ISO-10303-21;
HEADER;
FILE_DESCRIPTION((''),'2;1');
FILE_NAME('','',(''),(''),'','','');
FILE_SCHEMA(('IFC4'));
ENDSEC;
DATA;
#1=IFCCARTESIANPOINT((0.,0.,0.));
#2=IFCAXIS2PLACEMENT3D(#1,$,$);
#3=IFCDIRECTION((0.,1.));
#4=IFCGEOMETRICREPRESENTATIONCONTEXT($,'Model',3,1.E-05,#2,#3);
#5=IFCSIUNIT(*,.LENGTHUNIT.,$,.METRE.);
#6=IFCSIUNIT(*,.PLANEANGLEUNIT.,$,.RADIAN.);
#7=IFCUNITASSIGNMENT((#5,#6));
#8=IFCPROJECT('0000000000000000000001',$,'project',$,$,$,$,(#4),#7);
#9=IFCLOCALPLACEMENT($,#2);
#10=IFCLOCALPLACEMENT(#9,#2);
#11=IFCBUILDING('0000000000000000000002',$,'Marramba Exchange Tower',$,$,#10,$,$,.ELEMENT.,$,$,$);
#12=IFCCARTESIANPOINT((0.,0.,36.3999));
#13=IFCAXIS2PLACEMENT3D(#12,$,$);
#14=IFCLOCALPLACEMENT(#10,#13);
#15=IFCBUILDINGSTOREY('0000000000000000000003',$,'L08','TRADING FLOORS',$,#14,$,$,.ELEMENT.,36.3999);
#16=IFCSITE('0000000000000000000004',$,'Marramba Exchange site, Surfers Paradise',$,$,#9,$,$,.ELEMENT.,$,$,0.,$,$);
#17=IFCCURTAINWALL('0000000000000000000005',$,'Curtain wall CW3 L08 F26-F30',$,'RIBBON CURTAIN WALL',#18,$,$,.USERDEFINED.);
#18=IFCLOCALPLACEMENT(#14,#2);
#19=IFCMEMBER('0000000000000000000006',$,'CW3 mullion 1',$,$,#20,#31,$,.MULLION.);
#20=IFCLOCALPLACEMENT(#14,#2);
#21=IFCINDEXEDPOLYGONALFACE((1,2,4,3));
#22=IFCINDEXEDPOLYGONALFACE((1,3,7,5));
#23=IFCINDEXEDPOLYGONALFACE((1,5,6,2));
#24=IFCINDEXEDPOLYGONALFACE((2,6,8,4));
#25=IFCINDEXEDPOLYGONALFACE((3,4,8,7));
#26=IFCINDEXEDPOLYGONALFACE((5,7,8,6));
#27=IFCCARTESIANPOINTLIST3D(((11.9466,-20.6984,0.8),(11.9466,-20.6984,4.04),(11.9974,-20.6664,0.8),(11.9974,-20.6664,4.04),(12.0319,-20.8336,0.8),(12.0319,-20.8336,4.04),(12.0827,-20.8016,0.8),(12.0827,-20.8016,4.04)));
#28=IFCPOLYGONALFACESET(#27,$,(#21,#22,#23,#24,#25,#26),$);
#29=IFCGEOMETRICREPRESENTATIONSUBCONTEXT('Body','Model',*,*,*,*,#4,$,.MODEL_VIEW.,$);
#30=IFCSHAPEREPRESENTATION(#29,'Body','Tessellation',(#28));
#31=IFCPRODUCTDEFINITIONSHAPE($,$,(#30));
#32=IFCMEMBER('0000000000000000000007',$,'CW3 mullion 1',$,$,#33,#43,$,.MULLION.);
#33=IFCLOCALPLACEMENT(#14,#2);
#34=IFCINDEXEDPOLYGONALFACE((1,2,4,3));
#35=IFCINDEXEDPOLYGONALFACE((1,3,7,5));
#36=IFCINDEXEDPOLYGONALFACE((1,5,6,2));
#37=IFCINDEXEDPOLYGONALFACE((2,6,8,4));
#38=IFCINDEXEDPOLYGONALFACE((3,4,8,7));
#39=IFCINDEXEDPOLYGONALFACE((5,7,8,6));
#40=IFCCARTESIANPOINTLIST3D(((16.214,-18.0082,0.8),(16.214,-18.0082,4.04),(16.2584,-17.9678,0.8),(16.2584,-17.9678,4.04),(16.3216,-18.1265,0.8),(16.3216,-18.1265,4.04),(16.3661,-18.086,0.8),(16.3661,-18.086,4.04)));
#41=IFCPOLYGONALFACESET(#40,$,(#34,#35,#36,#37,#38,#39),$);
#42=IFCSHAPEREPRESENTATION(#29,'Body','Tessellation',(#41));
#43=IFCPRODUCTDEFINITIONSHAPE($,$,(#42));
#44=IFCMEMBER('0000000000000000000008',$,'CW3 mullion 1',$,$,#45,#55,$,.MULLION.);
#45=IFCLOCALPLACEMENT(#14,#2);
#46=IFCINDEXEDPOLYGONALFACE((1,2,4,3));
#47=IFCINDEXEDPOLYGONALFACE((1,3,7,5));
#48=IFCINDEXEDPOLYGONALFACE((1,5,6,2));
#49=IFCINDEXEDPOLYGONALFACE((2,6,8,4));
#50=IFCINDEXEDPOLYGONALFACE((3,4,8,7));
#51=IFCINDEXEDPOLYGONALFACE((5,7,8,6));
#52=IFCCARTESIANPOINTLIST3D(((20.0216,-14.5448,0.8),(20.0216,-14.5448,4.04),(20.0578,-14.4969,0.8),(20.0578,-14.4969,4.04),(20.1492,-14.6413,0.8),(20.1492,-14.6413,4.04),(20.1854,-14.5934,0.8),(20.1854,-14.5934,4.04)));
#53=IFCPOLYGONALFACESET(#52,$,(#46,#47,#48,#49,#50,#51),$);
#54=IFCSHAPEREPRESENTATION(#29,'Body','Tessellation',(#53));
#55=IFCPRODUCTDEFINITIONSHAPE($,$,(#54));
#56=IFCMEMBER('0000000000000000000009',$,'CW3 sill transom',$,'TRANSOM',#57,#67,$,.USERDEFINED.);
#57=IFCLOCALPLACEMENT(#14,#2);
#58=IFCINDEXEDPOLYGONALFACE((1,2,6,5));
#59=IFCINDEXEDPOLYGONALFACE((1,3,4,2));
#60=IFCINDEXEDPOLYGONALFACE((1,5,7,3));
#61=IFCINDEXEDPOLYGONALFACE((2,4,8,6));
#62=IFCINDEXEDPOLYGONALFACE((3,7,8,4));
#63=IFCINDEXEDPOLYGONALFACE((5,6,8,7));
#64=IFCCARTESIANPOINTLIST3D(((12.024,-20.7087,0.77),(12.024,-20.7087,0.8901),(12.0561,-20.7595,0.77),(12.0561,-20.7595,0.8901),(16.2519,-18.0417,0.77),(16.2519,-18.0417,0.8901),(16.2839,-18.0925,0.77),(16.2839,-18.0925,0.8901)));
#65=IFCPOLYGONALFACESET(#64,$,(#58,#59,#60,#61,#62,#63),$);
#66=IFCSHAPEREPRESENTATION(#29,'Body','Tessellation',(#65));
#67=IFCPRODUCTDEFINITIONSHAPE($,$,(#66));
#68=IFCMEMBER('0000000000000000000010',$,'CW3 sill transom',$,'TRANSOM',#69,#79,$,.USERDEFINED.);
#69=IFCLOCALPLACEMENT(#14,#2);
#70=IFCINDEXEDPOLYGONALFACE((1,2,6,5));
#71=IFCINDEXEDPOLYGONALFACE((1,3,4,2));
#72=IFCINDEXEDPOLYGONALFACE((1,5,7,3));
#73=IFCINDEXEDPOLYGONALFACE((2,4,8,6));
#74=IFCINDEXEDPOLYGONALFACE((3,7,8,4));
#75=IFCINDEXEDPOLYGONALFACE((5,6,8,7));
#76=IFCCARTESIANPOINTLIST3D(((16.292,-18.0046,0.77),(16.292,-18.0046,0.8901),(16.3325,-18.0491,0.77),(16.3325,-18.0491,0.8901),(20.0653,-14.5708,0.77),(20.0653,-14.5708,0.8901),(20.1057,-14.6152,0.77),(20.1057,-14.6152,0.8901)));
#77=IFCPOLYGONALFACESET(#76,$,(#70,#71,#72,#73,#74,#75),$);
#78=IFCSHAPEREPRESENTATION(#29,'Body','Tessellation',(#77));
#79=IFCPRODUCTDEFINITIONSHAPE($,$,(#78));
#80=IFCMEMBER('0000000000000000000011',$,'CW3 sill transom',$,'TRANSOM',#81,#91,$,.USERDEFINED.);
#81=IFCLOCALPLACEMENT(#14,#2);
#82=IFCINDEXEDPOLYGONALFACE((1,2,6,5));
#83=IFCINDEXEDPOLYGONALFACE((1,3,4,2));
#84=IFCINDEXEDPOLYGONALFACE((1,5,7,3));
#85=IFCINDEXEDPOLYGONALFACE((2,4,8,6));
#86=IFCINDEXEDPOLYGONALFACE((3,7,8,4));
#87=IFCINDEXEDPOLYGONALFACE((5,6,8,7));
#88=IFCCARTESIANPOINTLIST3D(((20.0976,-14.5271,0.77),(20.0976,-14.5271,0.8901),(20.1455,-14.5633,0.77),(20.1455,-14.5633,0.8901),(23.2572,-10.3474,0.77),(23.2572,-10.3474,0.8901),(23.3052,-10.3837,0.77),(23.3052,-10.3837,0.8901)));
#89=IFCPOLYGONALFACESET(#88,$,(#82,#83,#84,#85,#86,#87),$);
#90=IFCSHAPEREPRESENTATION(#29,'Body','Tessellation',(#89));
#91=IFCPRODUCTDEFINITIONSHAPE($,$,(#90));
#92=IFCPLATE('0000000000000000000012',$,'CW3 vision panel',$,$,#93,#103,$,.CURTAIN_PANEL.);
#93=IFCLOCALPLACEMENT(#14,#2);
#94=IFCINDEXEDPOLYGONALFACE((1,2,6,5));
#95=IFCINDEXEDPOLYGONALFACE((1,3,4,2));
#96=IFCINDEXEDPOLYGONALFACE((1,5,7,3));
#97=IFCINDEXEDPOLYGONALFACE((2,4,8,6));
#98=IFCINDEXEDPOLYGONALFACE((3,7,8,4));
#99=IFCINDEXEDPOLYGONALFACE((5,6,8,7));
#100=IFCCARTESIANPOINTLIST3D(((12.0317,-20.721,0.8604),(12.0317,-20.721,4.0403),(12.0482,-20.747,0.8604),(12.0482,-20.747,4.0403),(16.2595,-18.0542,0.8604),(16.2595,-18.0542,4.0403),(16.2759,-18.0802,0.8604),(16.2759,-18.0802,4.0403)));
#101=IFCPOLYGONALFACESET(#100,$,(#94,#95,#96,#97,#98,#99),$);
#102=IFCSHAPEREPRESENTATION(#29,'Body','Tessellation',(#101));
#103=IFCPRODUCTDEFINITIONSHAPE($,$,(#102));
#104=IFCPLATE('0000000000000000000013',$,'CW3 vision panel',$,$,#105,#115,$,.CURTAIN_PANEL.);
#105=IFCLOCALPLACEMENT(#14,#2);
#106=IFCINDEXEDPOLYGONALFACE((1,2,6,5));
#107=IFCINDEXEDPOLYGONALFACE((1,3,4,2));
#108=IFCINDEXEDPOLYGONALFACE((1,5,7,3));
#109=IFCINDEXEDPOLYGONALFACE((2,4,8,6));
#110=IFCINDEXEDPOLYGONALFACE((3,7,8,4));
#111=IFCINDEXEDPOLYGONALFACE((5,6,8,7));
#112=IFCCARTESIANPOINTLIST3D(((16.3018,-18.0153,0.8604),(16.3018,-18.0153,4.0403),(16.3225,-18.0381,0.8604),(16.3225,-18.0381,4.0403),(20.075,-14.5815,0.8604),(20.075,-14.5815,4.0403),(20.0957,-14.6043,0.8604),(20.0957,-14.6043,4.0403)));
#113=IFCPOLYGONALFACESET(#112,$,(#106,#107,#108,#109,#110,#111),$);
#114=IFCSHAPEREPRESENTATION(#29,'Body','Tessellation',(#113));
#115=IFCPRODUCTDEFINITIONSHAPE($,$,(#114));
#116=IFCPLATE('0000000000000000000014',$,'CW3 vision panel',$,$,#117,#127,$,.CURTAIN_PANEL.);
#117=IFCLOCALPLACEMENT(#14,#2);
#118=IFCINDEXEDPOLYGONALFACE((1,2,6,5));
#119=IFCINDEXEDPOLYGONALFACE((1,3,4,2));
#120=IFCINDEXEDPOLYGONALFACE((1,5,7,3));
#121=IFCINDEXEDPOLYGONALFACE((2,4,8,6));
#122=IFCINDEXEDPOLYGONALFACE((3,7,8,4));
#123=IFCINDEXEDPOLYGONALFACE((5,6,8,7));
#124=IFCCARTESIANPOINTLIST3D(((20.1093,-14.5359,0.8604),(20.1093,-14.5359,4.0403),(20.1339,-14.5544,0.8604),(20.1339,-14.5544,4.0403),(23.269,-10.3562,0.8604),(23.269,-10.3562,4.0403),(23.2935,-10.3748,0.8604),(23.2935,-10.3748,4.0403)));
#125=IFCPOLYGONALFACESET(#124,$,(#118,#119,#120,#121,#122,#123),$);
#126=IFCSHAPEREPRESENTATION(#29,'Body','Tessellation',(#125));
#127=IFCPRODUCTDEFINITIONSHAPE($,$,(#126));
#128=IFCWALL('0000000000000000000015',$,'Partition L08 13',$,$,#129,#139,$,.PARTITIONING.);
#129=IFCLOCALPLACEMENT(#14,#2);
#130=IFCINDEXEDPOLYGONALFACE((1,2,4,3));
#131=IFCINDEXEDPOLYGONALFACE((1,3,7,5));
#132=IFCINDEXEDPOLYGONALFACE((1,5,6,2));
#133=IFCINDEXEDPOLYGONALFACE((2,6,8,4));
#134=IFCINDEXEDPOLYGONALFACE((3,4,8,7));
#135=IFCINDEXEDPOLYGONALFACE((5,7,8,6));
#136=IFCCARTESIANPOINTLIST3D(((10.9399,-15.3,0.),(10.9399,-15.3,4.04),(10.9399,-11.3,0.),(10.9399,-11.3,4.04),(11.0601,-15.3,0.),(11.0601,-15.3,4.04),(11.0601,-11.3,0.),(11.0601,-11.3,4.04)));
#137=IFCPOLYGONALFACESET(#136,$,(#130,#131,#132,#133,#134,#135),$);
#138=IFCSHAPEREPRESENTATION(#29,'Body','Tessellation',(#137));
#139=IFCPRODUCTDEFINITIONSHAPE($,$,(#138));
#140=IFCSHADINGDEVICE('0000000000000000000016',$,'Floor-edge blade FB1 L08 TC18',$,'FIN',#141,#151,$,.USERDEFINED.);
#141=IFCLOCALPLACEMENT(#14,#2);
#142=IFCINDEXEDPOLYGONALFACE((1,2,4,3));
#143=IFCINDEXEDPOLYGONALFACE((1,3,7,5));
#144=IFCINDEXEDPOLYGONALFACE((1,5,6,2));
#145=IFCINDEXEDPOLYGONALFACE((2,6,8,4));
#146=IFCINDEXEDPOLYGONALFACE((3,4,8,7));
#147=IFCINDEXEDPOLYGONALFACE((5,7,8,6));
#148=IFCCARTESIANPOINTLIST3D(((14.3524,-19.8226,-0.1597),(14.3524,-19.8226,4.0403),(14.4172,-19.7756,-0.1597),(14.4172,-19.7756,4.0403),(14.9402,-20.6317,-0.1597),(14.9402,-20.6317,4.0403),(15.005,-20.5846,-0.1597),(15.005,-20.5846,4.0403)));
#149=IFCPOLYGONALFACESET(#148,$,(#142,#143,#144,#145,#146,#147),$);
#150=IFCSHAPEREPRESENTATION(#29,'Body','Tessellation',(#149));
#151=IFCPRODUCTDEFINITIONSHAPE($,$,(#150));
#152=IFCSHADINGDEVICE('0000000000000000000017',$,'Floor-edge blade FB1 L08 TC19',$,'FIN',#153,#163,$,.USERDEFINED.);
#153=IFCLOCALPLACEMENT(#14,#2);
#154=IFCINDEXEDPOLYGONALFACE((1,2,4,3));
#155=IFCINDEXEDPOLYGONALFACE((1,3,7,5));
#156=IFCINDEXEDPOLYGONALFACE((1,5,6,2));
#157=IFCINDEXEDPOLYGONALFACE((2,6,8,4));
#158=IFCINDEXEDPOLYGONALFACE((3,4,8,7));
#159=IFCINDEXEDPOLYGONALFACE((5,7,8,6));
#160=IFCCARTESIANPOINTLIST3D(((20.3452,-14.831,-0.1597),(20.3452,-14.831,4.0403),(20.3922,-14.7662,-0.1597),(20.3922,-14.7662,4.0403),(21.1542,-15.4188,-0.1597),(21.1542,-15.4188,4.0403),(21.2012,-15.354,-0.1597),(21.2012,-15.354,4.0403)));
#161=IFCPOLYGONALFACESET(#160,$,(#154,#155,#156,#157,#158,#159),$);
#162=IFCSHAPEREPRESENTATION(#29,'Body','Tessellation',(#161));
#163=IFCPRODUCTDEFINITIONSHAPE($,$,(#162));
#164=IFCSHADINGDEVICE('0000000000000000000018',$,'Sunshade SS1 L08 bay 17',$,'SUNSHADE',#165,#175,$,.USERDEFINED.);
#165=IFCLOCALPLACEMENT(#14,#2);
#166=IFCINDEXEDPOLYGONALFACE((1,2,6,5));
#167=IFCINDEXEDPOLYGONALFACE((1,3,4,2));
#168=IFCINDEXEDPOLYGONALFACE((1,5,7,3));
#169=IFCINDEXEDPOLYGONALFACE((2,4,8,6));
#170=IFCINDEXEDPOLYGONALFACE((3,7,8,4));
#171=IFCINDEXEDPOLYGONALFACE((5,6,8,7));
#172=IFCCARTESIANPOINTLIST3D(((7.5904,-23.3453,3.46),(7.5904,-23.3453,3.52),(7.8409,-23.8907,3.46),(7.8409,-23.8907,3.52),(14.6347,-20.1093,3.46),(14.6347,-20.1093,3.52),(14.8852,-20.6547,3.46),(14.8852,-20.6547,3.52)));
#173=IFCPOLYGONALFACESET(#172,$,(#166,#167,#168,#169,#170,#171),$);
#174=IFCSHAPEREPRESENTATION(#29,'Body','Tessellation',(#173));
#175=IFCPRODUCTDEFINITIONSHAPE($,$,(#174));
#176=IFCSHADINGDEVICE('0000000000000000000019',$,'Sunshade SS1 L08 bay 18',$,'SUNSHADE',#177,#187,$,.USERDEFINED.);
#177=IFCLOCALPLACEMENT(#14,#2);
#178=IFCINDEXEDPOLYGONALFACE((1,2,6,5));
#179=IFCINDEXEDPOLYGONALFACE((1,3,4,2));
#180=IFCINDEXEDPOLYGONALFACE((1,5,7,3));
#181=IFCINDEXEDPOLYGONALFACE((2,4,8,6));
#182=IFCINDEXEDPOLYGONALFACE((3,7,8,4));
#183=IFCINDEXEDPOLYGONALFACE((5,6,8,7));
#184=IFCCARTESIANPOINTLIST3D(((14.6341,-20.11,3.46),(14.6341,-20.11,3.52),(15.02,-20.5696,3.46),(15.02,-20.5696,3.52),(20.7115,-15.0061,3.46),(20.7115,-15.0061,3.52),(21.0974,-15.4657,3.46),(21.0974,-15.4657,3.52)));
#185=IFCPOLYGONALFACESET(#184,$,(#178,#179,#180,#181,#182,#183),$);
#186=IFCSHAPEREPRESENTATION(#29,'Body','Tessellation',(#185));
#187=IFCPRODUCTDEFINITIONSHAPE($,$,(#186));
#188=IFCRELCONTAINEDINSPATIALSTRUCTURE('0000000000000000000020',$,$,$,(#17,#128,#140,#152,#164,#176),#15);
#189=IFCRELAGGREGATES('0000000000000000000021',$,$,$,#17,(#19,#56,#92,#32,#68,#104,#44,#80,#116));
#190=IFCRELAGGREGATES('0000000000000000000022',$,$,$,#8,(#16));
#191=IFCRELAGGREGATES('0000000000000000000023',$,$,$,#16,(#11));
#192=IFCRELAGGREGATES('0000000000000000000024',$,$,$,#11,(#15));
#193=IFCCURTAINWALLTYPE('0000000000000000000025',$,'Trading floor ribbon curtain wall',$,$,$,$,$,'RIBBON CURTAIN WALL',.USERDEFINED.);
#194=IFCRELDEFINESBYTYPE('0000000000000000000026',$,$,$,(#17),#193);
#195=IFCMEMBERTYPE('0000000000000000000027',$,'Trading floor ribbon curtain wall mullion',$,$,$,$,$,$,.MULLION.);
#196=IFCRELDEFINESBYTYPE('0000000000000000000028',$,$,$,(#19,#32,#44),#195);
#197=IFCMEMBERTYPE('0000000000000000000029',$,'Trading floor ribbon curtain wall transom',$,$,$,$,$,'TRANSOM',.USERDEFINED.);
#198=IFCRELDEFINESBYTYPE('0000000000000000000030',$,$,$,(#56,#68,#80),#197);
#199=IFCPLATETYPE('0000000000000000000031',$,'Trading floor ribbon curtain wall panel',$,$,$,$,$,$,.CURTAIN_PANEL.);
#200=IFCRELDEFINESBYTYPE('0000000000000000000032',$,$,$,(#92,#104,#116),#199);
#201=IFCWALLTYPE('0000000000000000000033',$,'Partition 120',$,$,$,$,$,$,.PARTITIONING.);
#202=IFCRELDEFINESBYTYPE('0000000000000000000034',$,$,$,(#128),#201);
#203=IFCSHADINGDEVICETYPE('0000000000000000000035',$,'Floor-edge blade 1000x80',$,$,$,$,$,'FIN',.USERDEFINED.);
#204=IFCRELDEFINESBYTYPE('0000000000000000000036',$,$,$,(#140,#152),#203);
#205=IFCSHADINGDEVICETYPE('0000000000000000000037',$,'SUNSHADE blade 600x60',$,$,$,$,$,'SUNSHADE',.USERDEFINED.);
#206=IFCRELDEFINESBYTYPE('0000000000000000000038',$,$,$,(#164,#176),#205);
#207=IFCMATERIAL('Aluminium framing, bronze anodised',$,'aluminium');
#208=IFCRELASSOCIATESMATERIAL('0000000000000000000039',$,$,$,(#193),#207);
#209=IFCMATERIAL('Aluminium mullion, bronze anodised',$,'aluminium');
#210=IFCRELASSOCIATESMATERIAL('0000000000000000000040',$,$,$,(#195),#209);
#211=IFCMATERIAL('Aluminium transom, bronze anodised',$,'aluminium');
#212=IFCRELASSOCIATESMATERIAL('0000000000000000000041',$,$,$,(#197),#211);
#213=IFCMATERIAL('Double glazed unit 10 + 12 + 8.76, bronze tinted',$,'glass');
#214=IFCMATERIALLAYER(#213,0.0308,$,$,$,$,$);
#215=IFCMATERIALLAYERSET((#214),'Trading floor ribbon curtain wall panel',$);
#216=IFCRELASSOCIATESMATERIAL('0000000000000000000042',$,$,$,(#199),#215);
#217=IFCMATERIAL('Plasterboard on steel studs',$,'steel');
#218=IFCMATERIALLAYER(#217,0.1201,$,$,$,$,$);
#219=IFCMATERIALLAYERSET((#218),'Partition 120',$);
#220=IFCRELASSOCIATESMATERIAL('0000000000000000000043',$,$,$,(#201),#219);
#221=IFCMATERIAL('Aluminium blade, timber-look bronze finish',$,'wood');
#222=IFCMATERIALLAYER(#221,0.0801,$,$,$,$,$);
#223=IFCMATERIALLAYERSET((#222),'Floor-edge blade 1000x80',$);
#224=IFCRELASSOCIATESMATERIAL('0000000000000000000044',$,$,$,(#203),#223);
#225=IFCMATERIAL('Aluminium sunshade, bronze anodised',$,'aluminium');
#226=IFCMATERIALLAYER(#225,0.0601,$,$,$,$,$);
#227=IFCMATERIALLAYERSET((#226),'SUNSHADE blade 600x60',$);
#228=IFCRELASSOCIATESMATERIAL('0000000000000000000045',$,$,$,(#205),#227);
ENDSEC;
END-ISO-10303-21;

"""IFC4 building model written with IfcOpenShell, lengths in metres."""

from ifc_helpers import new_model, si_unit, direction, frame, frame_2d, origin, origin_2d, place, context, subcontext, project, spatial, rectangle, extrude, material, layer, layer_set, material_profile, profile_set, type_object, element, aggregate, save


model = new_model("IFC4")

# Units and contexts
model_context = context("Model", 3, precision=1e-05, world=origin(), true_north=direction((0.0, 1.0)))
body_context = subcontext(model_context, "Body", "Model", "MODEL_VIEW")
ifc_project = project(units=[si_unit("LENGTHUNIT", "METRE"), si_unit("PLANEANGLEUNIT", "RADIAN")], contexts=[model_context])

# Site, building, storey
site_placement = place(None, origin())
site = spatial("IfcSite", under=ifc_project, at=site_placement, Name="Marramba Exchange site, Surfers Paradise", CompositionType="ELEMENT", RefElevation=0.0)
building_placement = place(site_placement, origin())
building = spatial("IfcBuilding", under=site, at=building_placement, Name="Marramba Exchange Tower", CompositionType="ELEMENT")
storey_placement = place(building_placement, frame((0.0, 0.0, 36.3999)))
storey = spatial("IfcBuildingStorey", under=building, at=storey_placement, Name="L08", Description="TRADING FLOORS", CompositionType="ELEMENT", Elevation=36.3999)

# Curtain wall, members, plates
ifc_material_1 = material(Name="Aluminium framing, bronze anodised", Category="aluminium")
curtain_wall_type = type_object("IfcCurtainWallType", Name="Trading floor ribbon curtain wall", ElementType="RIBBON CURTAIN WALL", PredefinedType="USERDEFINED", material=ifc_material_1)
curtain_wall_placement = place(storey_placement, origin())
curtain_wall = element("IfcCurtainWall", 1, at=curtain_wall_placement, inside=storey, type_object=curtain_wall_type, Name="Curtain wall CW3 L08 F26-F30", ObjectType="RIBBON CURTAIN WALL", PredefinedType="USERDEFINED")
ifc_material_2 = material(Name="Aluminium mullion, bronze anodised", Category="aluminium")
ifc_material_profile_1 = material_profile(ifc_material_2, rectangle(XDim=0.1599, YDim=0.0601, at=origin_2d()), Name="CW3 mullion 60x160")
ifc_profile_set_1 = profile_set([ifc_material_profile_1], Name="Aluminium mullion, bronze anodised")
member_type_1 = type_object("IfcMemberType", Name="Trading floor ribbon curtain wall mullion", PredefinedType="MULLION", material=ifc_profile_set_1)
member_1_placement = place(storey_placement, frame((12.0146, -20.75, 0.8), z_axis=(0.0, 0.0, 1.0), x_axis=(-0.533515, 0.845791, 0.0)))
member_1 = element("IfcMember", 2, at=member_1_placement, type_object=member_type_1, Name="CW3 mullion 1", PredefinedType="MULLION", context=body_context, shape_type="SweptSolid", body=[
    extrude(rectangle(XDim=0.1599, YDim=0.0601, at=origin_2d()), origin(), (0.0, 0.0, 1.0), 3.24),
])
member_2_placement = place(storey_placement, frame((16.29, -18.0471, 0.8), z_axis=(0.0, 0.0, 1.0), x_axis=(-0.673058, 0.73959, 0.0)))
member_2 = element("IfcMember", 3, at=member_2_placement, type_object=member_type_1, Name="CW3 mullion 1", PredefinedType="MULLION", context=body_context, shape_type="SweptSolid", body=[
    extrude(rectangle(XDim=0.1599, YDim=0.0601, at=origin_2d()), origin(), (0.0, 0.0, 1.0), 3.24),
])
member_3_placement = place(storey_placement, frame((20.1035, -14.5691, 0.8), z_axis=(0.0, 0.0, 1.0), x_axis=(-0.797711, 0.60304, 0.0)))
member_3 = element("IfcMember", 4, at=member_3_placement, type_object=member_type_1, Name="CW3 mullion 1", PredefinedType="MULLION", context=body_context, shape_type="SweptSolid", body=[
    extrude(rectangle(XDim=0.1599, YDim=0.0601, at=origin_2d()), origin(), (0.0, 0.0, 1.0), 3.24),
])
ifc_material_3 = material(Name="Aluminium transom, bronze anodised", Category="aluminium")
ifc_material_profile_2 = material_profile(ifc_material_3, rectangle(XDim=0.0601, YDim=0.1201, at=origin_2d()), Name="CW3 transom 60x120")
ifc_profile_set_2 = profile_set([ifc_material_profile_2], Name="Aluminium transom, bronze anodised")
member_type_2 = type_object("IfcMemberType", Name="Trading floor ribbon curtain wall transom", ElementType="TRANSOM", PredefinedType="USERDEFINED", material=ifc_profile_set_2)
member_4_placement = place(storey_placement, frame((12.04, -20.7341, 0.8301), z_axis=(0.845777, 0.533537, 0.0), x_axis=(-0.533537, 0.845777, 0.0)))
member_4 = element("IfcMember", 5, at=member_4_placement, type_object=member_type_2, Name="CW3 sill transom", ObjectType="TRANSOM", PredefinedType="USERDEFINED", context=body_context, shape_type="SweptSolid", body=[
    extrude(rectangle(XDim=0.0601, YDim=0.1201, at=origin_2d()), origin(), (0.0, 0.0, 1.0), 4.9988),
])
member_5_placement = place(storey_placement, frame((16.3123, -18.0269, 0.8301), z_axis=(0.739583, 0.673066, 0.0), x_axis=(-0.673066, 0.739583, 0.0)))
member_5 = element("IfcMember", 6, at=member_5_placement, type_object=member_type_2, Name="CW3 sill transom", ObjectType="TRANSOM", PredefinedType="USERDEFINED", context=body_context, shape_type="SweptSolid", body=[
    extrude(rectangle(XDim=0.0601, YDim=0.1201, at=origin_2d()), origin(), (0.0, 0.0, 1.0), 5.1018),
])
member_6_placement = place(storey_placement, frame((20.1216, -14.5452, 0.8301), z_axis=(0.603037, 0.797713, 0.0), x_axis=(-0.797713, 0.603037, 0.0)))
member_6 = element("IfcMember", 7, at=member_6_placement, type_object=member_type_2, Name="CW3 sill transom", ObjectType="TRANSOM", PredefinedType="USERDEFINED", context=body_context, shape_type="SweptSolid", body=[
    extrude(rectangle(XDim=0.0601, YDim=0.1201, at=origin_2d()), origin(), (0.0, 0.0, 1.0), 5.2395),
])
ifc_material_4 = material(Name="Double glazed unit 10 + 12 + 8.76, bronze tinted", Category="glass")
ifc_layer_1 = layer(ifc_material_4, 0.0308)
ifc_layer_set_1 = layer_set([ifc_layer_1], Name="Trading floor ribbon curtain wall panel")
plate_type = type_object("IfcPlateType", Name="Trading floor ribbon curtain wall panel", PredefinedType="CURTAIN_PANEL", material=ifc_layer_set_1)
plate_1_placement = place(storey_placement, frame((14.1538, -19.4006, 0.8604), z_axis=(0.0, 0.0, 1.0), x_axis=(0.845791, 0.533515, 0.0)))
plate_1 = element("IfcPlate", 8, at=plate_1_placement, type_object=plate_type, Name="CW3 vision panel", PredefinedType="CURTAIN_PANEL", context=body_context, shape_type="SweptSolid", body=[
    extrude(rectangle(XDim=4.9985, YDim=0.0308, at=origin_2d()), origin(), (0.0, 0.0, 1.0), 3.1799),
])
plate_2_placement = place(storey_placement, frame((18.1987, -16.3098, 0.8604), z_axis=(0.0, 0.0, 1.0), x_axis=(0.73959, 0.673058, 0.0)))
plate_2 = element("IfcPlate", 9, at=plate_2_placement, type_object=plate_type, Name="CW3 vision panel", PredefinedType="CURTAIN_PANEL", context=body_context, shape_type="SweptSolid", body=[
    extrude(rectangle(XDim=5.1018, YDim=0.0308, at=origin_2d()), origin(), (0.0, 0.0, 1.0), 3.1799),
])
plate_3_placement = place(storey_placement, frame((21.7014, -12.4553, 0.8604), z_axis=(0.0, 0.0, 1.0), x_axis=(0.60304, 0.797711, 0.0)))
plate_3 = element("IfcPlate", 10, at=plate_3_placement, type_object=plate_type, Name="CW3 vision panel", PredefinedType="CURTAIN_PANEL", context=body_context, shape_type="SweptSolid", body=[
    extrude(rectangle(XDim=5.2395, YDim=0.0308, at=origin_2d()), origin(), (0.0, 0.0, 1.0), 3.1799),
])
aggregate(curtain_wall, [member_1, member_4, plate_1, member_2, member_5, plate_2, member_3, member_6, plate_3])

# Wall
ifc_material_5 = material(Name="Plasterboard on steel studs", Category="steel")
ifc_layer_2 = layer(ifc_material_5, 0.1201)
ifc_layer_set_2 = layer_set([ifc_layer_2], Name="Partition 120")
wall_type = type_object("IfcWallType", Name="Partition 120", PredefinedType="PARTITIONING", material=ifc_layer_set_2)
wall_placement = place(storey_placement, frame((11.0, -15.3, 0.0), z_axis=(0.0, 0.0, 1.0), x_axis=(0.0, 1.0, 0.0)))
element("IfcWall", 11, at=wall_placement, inside=storey, type_object=wall_type, Name="Partition L08 13", PredefinedType="PARTITIONING", context=body_context, shape_type="SweptSolid", body=[
    extrude(rectangle(XDim=4.0, YDim=0.1201, at=frame_2d((2.0, 0.0))), origin(), (0.0, 0.0, 1.0), 4.04),
])

# Shading devices
ifc_material_6 = material(Name="Aluminium blade, timber-look bronze finish", Category="wood")
ifc_layer_3 = layer(ifc_material_6, 0.0801)
ifc_layer_set_3 = layer_set([ifc_layer_3], Name="Floor-edge blade 1000x80")
shading_device_type_1 = type_object("IfcShadingDeviceType", Name="Floor-edge blade 1000x80", ElementType="FIN", PredefinedType="USERDEFINED", material=ifc_layer_set_3)
for number, where, z_axis, x_axis, name in (
    (12, (14.6787, -20.2036, -0.1597), (0.0, 0.0, 1.0), (0.587785, -0.809017, 0.0), "Floor-edge blade FB1 L08 TC18"),
    (13, (20.7732, -15.0925, -0.1597), (0.0, 0.0, 1.0), (0.809017, -0.587785, 0.0), "Floor-edge blade FB1 L08 TC19"),
):
    element("IfcShadingDevice", number, at=place(storey_placement, frame(where, z_axis=z_axis, x_axis=x_axis)), inside=storey, type_object=shading_device_type_1, Name=name, ObjectType="FIN", PredefinedType="USERDEFINED", context=body_context, shape_type="SweptSolid", body=[
        extrude(rectangle(XDim=1.0, YDim=0.0801, at=origin_2d()), origin(), (0.0, 0.0, 1.0), 4.2),
    ])
ifc_material_7 = material(Name="Aluminium sunshade, bronze anodised", Category="aluminium")
ifc_layer_4 = layer(ifc_material_7, 0.0601)
ifc_layer_set_4 = layer_set([ifc_layer_4], Name="SUNSHADE blade 600x60")
shading_device_type_2 = type_object("IfcShadingDeviceType", Name="SUNSHADE blade 600x60", ElementType="SUNSHADE", PredefinedType="USERDEFINED", material=ifc_layer_set_4)
shading_device_1_placement = place(storey_placement, frame((11.2378, -22.0, 3.46), z_axis=(0.0, 0.0, 1.0), x_axis=(0.908704, 0.417442, 0.0)))
element("IfcShadingDevice", 14, at=shading_device_1_placement, inside=storey, type_object=shading_device_type_2, Name="Sunshade SS1 L08 bay 17", ObjectType="SUNSHADE", PredefinedType="USERDEFINED", context=body_context, shape_type="SweptSolid", body=[
    extrude(rectangle(XDim=7.752, YDim=0.6001, at=origin_2d()), origin(), (0.0, 0.0, 1.0), 0.0601),
])
shading_device_2_placement = place(storey_placement, frame((17.8657, -17.7878, 3.46), z_axis=(0.0, 0.0, 1.0), x_axis=(0.765776, 0.643107, 0.0)))
element("IfcShadingDevice", 15, at=shading_device_2_placement, inside=storey, type_object=shading_device_type_2, Name="Sunshade SS1 L08 bay 18", ObjectType="SUNSHADE", PredefinedType="USERDEFINED", context=body_context, shape_type="SweptSolid", body=[
    extrude(rectangle(XDim=7.9363, YDim=0.6001, at=origin_2d()), origin(), (0.0, 0.0, 1.0), 0.0601),
])

save(model, "model.ifc")
